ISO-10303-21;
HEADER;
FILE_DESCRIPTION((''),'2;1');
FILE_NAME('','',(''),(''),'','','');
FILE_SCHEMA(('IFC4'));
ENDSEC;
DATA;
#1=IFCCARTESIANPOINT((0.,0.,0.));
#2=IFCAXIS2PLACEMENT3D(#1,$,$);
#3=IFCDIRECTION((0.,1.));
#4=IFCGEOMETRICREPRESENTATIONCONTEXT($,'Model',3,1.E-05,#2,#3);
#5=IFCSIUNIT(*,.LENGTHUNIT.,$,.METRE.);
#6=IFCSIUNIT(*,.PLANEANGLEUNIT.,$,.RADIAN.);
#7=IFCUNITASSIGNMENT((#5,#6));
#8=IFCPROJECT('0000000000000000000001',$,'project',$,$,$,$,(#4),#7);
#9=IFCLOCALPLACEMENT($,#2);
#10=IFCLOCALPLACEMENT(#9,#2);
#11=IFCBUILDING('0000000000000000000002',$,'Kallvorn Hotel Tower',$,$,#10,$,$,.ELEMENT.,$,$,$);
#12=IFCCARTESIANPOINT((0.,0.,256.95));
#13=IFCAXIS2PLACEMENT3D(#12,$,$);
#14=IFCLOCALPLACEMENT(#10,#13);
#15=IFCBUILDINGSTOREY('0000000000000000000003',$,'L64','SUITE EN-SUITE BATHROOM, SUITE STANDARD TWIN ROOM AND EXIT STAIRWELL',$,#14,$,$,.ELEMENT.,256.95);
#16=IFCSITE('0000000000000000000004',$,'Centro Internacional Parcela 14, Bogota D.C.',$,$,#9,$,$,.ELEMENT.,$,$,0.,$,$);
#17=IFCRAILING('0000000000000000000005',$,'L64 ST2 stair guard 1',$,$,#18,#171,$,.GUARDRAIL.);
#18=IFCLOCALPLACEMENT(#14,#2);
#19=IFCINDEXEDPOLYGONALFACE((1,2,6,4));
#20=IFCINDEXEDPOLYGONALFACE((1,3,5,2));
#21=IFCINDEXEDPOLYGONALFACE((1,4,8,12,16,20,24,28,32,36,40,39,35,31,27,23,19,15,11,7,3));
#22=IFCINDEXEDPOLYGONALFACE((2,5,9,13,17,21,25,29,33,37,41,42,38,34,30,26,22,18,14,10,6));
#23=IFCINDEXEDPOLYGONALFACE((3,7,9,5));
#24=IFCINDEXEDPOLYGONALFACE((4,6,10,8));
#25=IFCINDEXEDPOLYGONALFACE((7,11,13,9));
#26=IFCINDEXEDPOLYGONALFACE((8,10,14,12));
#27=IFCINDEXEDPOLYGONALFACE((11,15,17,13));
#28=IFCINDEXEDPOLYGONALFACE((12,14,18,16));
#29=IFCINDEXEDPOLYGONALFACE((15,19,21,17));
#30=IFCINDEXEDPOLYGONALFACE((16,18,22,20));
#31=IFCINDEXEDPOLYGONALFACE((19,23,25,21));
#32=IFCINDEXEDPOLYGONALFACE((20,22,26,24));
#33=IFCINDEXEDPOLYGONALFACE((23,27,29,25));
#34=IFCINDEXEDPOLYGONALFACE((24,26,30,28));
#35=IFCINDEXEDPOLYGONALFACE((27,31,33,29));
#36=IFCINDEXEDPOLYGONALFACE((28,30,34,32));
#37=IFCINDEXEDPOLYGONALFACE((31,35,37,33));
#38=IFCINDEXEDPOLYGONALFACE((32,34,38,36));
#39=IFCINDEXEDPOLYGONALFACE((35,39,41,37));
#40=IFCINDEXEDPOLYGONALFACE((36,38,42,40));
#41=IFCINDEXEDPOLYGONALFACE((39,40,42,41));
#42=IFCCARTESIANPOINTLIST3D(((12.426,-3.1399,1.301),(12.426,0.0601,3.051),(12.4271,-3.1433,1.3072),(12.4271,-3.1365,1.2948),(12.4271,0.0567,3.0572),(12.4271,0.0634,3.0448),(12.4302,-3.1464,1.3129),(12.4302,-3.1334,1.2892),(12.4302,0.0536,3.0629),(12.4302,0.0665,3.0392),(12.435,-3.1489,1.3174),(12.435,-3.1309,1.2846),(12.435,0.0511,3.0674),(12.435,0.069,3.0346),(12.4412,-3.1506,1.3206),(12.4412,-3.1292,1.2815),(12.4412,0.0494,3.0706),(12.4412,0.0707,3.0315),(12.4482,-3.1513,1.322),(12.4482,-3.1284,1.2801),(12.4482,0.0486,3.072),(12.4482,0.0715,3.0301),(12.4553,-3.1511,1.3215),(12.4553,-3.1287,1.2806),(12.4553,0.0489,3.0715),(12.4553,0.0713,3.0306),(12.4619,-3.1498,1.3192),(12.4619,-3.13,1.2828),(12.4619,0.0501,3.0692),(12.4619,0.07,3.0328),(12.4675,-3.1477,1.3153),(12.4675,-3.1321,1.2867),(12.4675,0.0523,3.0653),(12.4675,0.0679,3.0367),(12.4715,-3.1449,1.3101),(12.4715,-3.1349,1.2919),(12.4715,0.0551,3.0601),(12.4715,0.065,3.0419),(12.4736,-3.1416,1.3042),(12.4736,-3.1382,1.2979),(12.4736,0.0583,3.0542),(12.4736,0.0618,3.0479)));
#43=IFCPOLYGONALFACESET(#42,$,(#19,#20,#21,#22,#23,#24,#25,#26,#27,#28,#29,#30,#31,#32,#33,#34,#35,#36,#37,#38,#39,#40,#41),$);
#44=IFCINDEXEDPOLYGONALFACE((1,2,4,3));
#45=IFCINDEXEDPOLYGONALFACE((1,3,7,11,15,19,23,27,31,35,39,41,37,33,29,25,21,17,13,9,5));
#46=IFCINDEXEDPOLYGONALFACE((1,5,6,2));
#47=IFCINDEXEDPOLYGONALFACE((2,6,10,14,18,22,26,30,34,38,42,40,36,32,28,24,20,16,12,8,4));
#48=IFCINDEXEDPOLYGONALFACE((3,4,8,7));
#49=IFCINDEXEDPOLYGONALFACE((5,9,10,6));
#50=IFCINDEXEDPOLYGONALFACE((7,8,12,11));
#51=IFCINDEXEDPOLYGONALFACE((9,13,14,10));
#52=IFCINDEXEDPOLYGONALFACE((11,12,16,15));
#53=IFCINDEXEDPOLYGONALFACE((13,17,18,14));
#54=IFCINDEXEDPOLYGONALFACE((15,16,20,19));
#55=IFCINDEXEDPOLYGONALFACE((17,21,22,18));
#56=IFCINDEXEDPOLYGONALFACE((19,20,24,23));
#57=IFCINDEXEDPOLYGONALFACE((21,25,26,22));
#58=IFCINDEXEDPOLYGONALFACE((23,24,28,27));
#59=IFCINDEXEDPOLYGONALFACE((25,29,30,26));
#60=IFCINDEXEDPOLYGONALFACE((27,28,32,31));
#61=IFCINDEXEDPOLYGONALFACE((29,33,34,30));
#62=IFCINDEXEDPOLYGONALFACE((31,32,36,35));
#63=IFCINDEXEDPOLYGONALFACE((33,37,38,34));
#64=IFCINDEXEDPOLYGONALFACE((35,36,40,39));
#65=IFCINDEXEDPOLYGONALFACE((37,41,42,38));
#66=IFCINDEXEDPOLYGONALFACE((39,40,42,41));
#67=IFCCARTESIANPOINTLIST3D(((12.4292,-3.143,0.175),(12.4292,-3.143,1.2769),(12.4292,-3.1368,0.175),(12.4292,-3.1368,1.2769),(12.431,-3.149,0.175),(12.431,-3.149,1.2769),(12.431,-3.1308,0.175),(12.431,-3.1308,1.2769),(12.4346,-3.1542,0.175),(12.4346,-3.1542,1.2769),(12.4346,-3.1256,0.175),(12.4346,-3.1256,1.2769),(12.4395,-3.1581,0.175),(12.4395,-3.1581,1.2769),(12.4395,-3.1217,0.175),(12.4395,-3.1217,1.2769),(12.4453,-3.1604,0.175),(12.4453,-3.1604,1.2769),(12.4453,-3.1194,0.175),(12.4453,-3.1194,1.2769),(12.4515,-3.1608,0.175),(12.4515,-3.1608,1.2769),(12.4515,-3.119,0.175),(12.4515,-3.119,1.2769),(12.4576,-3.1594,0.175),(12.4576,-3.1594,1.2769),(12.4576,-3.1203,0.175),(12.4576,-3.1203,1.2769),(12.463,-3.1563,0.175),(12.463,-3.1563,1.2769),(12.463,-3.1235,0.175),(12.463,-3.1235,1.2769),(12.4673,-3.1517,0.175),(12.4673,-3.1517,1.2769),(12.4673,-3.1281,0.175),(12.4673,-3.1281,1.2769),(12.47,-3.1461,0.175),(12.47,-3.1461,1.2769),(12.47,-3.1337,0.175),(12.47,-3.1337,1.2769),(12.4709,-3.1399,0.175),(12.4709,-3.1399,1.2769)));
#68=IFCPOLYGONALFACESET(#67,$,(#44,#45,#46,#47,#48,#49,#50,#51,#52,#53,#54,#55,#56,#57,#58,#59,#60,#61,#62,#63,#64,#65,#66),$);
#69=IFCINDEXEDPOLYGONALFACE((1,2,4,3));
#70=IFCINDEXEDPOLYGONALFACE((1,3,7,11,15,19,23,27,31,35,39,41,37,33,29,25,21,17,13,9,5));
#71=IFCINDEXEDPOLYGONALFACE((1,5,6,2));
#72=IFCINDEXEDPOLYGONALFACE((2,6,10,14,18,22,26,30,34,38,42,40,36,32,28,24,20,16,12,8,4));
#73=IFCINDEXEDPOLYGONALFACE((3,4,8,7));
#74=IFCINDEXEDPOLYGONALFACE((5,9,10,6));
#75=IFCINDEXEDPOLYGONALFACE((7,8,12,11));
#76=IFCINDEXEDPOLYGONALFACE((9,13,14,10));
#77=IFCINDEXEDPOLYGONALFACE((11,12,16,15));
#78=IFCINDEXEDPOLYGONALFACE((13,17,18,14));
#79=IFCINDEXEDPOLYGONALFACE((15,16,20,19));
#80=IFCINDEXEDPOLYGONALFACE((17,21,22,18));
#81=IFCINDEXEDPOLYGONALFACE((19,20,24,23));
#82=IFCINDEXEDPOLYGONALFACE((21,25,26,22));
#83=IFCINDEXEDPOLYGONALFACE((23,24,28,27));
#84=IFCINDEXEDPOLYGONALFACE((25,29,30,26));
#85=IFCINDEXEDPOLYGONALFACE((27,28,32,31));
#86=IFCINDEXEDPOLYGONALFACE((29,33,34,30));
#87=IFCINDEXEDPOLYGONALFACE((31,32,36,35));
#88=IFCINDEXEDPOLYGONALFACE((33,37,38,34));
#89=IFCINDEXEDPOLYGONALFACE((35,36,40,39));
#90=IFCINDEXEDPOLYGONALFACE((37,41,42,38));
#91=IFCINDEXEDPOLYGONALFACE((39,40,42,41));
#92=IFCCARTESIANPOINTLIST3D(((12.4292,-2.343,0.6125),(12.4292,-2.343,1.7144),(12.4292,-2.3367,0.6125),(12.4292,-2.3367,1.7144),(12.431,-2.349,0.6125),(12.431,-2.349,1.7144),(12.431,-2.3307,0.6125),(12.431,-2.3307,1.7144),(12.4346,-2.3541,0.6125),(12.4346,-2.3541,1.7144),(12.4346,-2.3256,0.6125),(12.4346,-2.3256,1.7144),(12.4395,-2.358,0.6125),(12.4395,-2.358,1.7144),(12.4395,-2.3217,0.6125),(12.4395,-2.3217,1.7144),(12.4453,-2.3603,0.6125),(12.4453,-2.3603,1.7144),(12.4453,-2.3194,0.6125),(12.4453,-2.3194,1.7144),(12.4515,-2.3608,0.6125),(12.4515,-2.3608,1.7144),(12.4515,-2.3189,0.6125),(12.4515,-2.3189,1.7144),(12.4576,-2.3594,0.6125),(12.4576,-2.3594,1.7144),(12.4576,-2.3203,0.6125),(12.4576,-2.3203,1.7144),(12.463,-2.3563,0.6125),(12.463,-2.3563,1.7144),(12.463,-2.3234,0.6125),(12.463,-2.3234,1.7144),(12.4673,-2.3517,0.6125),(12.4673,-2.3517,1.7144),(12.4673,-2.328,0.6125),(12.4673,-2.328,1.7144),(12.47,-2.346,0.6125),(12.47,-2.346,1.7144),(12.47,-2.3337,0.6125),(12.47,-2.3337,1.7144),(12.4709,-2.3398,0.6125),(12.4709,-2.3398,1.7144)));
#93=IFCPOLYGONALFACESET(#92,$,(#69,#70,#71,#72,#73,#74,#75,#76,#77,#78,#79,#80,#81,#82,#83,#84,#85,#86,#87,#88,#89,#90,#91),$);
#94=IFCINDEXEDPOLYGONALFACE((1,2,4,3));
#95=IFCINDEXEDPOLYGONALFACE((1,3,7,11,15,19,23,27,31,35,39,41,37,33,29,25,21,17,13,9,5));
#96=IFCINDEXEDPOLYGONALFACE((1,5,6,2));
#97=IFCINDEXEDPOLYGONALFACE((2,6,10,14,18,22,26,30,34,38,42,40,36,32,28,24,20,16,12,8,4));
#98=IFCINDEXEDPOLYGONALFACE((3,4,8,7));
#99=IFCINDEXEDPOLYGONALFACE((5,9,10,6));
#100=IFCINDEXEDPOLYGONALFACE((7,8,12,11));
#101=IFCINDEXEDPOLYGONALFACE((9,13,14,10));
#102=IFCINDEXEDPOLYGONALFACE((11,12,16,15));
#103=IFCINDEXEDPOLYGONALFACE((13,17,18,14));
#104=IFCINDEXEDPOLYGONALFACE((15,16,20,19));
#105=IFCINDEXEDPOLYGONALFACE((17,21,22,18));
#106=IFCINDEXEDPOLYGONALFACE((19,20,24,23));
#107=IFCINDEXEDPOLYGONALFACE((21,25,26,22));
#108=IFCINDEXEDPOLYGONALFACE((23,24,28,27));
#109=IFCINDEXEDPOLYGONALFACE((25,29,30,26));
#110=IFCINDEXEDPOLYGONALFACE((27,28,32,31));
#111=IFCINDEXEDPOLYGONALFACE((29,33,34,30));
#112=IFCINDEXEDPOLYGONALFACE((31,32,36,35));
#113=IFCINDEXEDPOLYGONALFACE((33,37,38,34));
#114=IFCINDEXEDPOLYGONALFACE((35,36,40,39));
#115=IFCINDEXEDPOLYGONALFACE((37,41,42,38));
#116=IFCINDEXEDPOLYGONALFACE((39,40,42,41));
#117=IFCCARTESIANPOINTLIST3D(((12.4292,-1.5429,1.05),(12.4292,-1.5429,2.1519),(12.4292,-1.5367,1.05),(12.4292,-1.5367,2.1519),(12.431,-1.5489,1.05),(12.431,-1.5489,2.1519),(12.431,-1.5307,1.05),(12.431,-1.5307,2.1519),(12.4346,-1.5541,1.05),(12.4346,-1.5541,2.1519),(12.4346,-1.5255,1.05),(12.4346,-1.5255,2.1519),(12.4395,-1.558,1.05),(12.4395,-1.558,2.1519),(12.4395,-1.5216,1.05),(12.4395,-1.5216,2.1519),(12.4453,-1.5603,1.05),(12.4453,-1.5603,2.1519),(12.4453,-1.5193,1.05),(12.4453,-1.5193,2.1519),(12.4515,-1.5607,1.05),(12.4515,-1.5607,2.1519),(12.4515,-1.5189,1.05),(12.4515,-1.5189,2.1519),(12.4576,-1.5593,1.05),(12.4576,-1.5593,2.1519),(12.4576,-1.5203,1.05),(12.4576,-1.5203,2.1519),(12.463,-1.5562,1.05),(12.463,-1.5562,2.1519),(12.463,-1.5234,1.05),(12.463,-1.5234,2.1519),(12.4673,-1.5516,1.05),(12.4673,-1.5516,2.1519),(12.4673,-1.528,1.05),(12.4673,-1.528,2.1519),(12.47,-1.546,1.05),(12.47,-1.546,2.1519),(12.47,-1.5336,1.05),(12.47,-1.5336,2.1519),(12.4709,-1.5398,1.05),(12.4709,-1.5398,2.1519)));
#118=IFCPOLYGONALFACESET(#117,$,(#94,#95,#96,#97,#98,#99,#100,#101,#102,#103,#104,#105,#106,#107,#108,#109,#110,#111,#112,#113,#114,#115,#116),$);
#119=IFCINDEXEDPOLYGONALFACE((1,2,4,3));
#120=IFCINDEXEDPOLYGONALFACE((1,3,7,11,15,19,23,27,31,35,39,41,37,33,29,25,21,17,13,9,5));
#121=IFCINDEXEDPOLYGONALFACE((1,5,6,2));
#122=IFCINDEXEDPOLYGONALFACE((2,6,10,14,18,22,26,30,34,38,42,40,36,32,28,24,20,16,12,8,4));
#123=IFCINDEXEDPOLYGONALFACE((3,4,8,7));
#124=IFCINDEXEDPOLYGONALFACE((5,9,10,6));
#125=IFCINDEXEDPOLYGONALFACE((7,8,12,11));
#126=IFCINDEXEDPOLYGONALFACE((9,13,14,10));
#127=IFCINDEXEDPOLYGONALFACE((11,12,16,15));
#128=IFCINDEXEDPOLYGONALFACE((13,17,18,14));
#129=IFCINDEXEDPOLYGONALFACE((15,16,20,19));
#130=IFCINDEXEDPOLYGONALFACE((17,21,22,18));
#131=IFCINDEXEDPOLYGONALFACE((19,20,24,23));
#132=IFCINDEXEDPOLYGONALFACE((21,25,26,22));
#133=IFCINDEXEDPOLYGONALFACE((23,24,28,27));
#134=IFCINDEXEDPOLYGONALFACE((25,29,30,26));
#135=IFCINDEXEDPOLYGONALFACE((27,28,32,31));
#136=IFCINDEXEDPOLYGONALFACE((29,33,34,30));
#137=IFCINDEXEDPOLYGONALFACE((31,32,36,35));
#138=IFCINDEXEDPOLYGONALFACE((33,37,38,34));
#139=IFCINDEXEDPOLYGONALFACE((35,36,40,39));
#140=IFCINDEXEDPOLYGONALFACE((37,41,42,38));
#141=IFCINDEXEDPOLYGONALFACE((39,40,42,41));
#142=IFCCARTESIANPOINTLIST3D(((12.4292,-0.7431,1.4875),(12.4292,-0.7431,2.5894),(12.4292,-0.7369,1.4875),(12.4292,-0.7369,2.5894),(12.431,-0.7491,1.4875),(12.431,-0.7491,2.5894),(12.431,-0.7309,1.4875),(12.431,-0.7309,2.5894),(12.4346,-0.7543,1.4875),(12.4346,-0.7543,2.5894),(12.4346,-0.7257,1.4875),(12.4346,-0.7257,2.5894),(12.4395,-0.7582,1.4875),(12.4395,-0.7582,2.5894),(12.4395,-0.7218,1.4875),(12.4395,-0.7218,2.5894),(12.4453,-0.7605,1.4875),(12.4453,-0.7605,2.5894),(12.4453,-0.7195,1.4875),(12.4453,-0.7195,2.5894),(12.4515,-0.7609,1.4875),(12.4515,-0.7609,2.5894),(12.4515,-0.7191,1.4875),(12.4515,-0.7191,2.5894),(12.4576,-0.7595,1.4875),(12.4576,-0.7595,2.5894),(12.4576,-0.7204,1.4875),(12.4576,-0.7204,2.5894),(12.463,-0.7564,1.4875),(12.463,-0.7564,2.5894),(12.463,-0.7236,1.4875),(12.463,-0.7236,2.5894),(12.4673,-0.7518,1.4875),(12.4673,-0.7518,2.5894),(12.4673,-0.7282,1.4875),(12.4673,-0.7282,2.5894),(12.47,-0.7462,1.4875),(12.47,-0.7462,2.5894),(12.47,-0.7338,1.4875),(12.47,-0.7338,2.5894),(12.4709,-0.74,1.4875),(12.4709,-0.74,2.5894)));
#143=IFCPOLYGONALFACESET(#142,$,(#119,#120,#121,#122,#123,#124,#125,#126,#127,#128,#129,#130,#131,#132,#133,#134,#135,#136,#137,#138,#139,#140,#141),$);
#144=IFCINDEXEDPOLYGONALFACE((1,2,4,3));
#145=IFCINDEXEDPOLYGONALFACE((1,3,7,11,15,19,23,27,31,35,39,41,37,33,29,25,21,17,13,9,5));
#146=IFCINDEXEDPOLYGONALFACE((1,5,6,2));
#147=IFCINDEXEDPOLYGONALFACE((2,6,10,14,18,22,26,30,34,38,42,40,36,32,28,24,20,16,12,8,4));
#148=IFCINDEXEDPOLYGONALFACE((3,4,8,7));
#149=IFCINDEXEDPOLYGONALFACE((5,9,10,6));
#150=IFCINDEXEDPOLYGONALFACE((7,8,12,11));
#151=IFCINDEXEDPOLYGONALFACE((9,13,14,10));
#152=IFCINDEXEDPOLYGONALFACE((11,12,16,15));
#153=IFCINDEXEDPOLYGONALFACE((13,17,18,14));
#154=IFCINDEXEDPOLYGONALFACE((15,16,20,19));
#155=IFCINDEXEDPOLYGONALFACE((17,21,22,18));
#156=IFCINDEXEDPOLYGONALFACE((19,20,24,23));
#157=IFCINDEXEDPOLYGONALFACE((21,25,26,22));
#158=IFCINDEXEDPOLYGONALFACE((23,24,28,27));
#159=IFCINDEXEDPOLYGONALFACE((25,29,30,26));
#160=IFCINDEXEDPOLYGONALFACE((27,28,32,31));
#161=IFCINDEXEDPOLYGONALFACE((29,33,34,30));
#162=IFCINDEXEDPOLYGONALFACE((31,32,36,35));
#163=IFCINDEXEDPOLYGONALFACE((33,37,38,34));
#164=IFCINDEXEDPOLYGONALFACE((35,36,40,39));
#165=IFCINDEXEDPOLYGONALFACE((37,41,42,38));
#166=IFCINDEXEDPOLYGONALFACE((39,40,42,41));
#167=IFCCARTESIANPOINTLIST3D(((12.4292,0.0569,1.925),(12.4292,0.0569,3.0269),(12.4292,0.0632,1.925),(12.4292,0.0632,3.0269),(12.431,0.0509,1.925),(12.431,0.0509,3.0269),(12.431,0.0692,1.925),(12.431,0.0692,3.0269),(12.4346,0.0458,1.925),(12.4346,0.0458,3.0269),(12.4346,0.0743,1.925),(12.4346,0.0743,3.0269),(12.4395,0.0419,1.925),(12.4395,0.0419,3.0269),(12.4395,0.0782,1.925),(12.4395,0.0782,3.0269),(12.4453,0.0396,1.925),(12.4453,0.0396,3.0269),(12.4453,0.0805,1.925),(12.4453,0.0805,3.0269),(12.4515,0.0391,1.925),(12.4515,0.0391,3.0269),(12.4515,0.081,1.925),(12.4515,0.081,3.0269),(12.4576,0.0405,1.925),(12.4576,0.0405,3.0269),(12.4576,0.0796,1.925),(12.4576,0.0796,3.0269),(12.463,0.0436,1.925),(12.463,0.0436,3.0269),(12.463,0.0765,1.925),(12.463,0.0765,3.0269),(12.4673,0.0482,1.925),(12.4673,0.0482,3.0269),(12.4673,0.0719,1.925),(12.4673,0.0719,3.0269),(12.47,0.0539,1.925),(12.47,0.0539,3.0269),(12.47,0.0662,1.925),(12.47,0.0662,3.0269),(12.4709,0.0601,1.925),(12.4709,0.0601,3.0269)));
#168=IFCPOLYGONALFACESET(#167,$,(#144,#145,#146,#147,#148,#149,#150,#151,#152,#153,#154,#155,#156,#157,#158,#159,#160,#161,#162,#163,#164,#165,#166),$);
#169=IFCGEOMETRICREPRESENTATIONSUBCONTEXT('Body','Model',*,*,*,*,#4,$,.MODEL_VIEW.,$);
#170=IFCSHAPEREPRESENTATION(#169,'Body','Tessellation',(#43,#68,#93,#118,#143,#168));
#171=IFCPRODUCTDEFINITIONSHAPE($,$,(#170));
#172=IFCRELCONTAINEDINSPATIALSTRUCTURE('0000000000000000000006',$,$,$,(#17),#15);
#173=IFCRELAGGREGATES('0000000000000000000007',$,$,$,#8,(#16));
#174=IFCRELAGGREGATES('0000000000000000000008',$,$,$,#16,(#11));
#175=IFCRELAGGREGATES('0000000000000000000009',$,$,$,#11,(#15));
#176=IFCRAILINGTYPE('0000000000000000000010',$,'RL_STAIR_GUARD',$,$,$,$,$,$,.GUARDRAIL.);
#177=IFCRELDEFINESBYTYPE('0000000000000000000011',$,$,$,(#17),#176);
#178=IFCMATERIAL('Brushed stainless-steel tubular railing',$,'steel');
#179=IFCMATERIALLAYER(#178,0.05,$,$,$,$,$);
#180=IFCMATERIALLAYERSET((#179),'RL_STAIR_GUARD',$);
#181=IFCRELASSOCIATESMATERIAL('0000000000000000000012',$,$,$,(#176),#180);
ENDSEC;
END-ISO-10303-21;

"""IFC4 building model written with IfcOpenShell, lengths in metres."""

from ifc_helpers import new_model, si_unit, direction, frame, origin, origin_2d, place, context, subcontext, project, spatial, circle, extrude, material, layer, layer_set, type_object, element, save


model = new_model("IFC4")

# Units and contexts
model_context = context("Model", 3, precision=1e-05, world=origin(), true_north=direction((0.0, 1.0)))
body_context = subcontext(model_context, "Body", "Model", "MODEL_VIEW")
ifc_project = project(units=[si_unit("LENGTHUNIT", "METRE"), si_unit("PLANEANGLEUNIT", "RADIAN")], contexts=[model_context])

# Site, building, storey
site_placement = place(None, origin())
site = spatial("IfcSite", under=ifc_project, at=site_placement, Name="Centro Internacional Parcela 14, Bogota D.C.", CompositionType="ELEMENT", RefElevation=0.0)
building_placement = place(site_placement, origin())
building = spatial("IfcBuilding", under=site, at=building_placement, Name="Kallvorn Hotel Tower", CompositionType="ELEMENT")
storey_placement = place(building_placement, frame((0.0, 0.0, 256.95)))
storey = spatial("IfcBuildingStorey", under=building, at=storey_placement, Name="L64", Description="SUITE EN-SUITE BATHROOM, SUITE STANDARD TWIN ROOM AND EXIT STAIRWELL", CompositionType="ELEMENT", Elevation=256.95)

# Railing
ifc_material_1 = material(Name="Brushed stainless-steel tubular railing", Category="steel")
ifc_layer_1 = layer(ifc_material_1, 0.05)
ifc_layer_set_1 = layer_set([ifc_layer_1], Name="RL_STAIR_GUARD")
railing_type_1 = type_object("IfcRailingType", Name="RL_STAIR_GUARD", PredefinedType="GUARDRAIL", material=ifc_layer_set_1)
railing_1_placement = place(storey_placement, frame((12.45, -3.1399, 0.175)))
element("IfcRailing", 1, at=railing_1_placement, inside=storey, type_object=railing_type_1, Name="L64 ST2 stair guard 1", PredefinedType="GUARDRAIL", context=body_context, shape_type="SweptSolid", body=[
    extrude(circle(Radius=0.0239, at=origin_2d()), frame((0.0, 0.0, 1.126), z_axis=(0.0, 0.877368, 0.479818), x_axis=(-1.0, 0.0, 0.0)), (0.0, 0.0, 1.0), 3.6472),
    extrude(circle(Radius=0.021, at=origin_2d()), origin(), (0.0, 0.0, 1.0), 1.1018),
    extrude(circle(Radius=0.021, at=origin_2d()), frame((0.0, 0.8, 0.4375)), (0.0, 0.0, 1.0), 1.1018),
    extrude(circle(Radius=0.021, at=origin_2d()), frame((0.0, 1.6001, 0.875)), (0.0, 0.0, 1.0), 1.1018),
    extrude(circle(Radius=0.021, at=origin_2d()), frame((0.0, 2.3999, 1.3125)), (0.0, 0.0, 1.0), 1.1018),
    extrude(circle(Radius=0.021, at=origin_2d()), frame((0.0, 3.2, 1.75)), (0.0, 0.0, 1.0), 1.1018),
])

save(model, "model.ifc")
